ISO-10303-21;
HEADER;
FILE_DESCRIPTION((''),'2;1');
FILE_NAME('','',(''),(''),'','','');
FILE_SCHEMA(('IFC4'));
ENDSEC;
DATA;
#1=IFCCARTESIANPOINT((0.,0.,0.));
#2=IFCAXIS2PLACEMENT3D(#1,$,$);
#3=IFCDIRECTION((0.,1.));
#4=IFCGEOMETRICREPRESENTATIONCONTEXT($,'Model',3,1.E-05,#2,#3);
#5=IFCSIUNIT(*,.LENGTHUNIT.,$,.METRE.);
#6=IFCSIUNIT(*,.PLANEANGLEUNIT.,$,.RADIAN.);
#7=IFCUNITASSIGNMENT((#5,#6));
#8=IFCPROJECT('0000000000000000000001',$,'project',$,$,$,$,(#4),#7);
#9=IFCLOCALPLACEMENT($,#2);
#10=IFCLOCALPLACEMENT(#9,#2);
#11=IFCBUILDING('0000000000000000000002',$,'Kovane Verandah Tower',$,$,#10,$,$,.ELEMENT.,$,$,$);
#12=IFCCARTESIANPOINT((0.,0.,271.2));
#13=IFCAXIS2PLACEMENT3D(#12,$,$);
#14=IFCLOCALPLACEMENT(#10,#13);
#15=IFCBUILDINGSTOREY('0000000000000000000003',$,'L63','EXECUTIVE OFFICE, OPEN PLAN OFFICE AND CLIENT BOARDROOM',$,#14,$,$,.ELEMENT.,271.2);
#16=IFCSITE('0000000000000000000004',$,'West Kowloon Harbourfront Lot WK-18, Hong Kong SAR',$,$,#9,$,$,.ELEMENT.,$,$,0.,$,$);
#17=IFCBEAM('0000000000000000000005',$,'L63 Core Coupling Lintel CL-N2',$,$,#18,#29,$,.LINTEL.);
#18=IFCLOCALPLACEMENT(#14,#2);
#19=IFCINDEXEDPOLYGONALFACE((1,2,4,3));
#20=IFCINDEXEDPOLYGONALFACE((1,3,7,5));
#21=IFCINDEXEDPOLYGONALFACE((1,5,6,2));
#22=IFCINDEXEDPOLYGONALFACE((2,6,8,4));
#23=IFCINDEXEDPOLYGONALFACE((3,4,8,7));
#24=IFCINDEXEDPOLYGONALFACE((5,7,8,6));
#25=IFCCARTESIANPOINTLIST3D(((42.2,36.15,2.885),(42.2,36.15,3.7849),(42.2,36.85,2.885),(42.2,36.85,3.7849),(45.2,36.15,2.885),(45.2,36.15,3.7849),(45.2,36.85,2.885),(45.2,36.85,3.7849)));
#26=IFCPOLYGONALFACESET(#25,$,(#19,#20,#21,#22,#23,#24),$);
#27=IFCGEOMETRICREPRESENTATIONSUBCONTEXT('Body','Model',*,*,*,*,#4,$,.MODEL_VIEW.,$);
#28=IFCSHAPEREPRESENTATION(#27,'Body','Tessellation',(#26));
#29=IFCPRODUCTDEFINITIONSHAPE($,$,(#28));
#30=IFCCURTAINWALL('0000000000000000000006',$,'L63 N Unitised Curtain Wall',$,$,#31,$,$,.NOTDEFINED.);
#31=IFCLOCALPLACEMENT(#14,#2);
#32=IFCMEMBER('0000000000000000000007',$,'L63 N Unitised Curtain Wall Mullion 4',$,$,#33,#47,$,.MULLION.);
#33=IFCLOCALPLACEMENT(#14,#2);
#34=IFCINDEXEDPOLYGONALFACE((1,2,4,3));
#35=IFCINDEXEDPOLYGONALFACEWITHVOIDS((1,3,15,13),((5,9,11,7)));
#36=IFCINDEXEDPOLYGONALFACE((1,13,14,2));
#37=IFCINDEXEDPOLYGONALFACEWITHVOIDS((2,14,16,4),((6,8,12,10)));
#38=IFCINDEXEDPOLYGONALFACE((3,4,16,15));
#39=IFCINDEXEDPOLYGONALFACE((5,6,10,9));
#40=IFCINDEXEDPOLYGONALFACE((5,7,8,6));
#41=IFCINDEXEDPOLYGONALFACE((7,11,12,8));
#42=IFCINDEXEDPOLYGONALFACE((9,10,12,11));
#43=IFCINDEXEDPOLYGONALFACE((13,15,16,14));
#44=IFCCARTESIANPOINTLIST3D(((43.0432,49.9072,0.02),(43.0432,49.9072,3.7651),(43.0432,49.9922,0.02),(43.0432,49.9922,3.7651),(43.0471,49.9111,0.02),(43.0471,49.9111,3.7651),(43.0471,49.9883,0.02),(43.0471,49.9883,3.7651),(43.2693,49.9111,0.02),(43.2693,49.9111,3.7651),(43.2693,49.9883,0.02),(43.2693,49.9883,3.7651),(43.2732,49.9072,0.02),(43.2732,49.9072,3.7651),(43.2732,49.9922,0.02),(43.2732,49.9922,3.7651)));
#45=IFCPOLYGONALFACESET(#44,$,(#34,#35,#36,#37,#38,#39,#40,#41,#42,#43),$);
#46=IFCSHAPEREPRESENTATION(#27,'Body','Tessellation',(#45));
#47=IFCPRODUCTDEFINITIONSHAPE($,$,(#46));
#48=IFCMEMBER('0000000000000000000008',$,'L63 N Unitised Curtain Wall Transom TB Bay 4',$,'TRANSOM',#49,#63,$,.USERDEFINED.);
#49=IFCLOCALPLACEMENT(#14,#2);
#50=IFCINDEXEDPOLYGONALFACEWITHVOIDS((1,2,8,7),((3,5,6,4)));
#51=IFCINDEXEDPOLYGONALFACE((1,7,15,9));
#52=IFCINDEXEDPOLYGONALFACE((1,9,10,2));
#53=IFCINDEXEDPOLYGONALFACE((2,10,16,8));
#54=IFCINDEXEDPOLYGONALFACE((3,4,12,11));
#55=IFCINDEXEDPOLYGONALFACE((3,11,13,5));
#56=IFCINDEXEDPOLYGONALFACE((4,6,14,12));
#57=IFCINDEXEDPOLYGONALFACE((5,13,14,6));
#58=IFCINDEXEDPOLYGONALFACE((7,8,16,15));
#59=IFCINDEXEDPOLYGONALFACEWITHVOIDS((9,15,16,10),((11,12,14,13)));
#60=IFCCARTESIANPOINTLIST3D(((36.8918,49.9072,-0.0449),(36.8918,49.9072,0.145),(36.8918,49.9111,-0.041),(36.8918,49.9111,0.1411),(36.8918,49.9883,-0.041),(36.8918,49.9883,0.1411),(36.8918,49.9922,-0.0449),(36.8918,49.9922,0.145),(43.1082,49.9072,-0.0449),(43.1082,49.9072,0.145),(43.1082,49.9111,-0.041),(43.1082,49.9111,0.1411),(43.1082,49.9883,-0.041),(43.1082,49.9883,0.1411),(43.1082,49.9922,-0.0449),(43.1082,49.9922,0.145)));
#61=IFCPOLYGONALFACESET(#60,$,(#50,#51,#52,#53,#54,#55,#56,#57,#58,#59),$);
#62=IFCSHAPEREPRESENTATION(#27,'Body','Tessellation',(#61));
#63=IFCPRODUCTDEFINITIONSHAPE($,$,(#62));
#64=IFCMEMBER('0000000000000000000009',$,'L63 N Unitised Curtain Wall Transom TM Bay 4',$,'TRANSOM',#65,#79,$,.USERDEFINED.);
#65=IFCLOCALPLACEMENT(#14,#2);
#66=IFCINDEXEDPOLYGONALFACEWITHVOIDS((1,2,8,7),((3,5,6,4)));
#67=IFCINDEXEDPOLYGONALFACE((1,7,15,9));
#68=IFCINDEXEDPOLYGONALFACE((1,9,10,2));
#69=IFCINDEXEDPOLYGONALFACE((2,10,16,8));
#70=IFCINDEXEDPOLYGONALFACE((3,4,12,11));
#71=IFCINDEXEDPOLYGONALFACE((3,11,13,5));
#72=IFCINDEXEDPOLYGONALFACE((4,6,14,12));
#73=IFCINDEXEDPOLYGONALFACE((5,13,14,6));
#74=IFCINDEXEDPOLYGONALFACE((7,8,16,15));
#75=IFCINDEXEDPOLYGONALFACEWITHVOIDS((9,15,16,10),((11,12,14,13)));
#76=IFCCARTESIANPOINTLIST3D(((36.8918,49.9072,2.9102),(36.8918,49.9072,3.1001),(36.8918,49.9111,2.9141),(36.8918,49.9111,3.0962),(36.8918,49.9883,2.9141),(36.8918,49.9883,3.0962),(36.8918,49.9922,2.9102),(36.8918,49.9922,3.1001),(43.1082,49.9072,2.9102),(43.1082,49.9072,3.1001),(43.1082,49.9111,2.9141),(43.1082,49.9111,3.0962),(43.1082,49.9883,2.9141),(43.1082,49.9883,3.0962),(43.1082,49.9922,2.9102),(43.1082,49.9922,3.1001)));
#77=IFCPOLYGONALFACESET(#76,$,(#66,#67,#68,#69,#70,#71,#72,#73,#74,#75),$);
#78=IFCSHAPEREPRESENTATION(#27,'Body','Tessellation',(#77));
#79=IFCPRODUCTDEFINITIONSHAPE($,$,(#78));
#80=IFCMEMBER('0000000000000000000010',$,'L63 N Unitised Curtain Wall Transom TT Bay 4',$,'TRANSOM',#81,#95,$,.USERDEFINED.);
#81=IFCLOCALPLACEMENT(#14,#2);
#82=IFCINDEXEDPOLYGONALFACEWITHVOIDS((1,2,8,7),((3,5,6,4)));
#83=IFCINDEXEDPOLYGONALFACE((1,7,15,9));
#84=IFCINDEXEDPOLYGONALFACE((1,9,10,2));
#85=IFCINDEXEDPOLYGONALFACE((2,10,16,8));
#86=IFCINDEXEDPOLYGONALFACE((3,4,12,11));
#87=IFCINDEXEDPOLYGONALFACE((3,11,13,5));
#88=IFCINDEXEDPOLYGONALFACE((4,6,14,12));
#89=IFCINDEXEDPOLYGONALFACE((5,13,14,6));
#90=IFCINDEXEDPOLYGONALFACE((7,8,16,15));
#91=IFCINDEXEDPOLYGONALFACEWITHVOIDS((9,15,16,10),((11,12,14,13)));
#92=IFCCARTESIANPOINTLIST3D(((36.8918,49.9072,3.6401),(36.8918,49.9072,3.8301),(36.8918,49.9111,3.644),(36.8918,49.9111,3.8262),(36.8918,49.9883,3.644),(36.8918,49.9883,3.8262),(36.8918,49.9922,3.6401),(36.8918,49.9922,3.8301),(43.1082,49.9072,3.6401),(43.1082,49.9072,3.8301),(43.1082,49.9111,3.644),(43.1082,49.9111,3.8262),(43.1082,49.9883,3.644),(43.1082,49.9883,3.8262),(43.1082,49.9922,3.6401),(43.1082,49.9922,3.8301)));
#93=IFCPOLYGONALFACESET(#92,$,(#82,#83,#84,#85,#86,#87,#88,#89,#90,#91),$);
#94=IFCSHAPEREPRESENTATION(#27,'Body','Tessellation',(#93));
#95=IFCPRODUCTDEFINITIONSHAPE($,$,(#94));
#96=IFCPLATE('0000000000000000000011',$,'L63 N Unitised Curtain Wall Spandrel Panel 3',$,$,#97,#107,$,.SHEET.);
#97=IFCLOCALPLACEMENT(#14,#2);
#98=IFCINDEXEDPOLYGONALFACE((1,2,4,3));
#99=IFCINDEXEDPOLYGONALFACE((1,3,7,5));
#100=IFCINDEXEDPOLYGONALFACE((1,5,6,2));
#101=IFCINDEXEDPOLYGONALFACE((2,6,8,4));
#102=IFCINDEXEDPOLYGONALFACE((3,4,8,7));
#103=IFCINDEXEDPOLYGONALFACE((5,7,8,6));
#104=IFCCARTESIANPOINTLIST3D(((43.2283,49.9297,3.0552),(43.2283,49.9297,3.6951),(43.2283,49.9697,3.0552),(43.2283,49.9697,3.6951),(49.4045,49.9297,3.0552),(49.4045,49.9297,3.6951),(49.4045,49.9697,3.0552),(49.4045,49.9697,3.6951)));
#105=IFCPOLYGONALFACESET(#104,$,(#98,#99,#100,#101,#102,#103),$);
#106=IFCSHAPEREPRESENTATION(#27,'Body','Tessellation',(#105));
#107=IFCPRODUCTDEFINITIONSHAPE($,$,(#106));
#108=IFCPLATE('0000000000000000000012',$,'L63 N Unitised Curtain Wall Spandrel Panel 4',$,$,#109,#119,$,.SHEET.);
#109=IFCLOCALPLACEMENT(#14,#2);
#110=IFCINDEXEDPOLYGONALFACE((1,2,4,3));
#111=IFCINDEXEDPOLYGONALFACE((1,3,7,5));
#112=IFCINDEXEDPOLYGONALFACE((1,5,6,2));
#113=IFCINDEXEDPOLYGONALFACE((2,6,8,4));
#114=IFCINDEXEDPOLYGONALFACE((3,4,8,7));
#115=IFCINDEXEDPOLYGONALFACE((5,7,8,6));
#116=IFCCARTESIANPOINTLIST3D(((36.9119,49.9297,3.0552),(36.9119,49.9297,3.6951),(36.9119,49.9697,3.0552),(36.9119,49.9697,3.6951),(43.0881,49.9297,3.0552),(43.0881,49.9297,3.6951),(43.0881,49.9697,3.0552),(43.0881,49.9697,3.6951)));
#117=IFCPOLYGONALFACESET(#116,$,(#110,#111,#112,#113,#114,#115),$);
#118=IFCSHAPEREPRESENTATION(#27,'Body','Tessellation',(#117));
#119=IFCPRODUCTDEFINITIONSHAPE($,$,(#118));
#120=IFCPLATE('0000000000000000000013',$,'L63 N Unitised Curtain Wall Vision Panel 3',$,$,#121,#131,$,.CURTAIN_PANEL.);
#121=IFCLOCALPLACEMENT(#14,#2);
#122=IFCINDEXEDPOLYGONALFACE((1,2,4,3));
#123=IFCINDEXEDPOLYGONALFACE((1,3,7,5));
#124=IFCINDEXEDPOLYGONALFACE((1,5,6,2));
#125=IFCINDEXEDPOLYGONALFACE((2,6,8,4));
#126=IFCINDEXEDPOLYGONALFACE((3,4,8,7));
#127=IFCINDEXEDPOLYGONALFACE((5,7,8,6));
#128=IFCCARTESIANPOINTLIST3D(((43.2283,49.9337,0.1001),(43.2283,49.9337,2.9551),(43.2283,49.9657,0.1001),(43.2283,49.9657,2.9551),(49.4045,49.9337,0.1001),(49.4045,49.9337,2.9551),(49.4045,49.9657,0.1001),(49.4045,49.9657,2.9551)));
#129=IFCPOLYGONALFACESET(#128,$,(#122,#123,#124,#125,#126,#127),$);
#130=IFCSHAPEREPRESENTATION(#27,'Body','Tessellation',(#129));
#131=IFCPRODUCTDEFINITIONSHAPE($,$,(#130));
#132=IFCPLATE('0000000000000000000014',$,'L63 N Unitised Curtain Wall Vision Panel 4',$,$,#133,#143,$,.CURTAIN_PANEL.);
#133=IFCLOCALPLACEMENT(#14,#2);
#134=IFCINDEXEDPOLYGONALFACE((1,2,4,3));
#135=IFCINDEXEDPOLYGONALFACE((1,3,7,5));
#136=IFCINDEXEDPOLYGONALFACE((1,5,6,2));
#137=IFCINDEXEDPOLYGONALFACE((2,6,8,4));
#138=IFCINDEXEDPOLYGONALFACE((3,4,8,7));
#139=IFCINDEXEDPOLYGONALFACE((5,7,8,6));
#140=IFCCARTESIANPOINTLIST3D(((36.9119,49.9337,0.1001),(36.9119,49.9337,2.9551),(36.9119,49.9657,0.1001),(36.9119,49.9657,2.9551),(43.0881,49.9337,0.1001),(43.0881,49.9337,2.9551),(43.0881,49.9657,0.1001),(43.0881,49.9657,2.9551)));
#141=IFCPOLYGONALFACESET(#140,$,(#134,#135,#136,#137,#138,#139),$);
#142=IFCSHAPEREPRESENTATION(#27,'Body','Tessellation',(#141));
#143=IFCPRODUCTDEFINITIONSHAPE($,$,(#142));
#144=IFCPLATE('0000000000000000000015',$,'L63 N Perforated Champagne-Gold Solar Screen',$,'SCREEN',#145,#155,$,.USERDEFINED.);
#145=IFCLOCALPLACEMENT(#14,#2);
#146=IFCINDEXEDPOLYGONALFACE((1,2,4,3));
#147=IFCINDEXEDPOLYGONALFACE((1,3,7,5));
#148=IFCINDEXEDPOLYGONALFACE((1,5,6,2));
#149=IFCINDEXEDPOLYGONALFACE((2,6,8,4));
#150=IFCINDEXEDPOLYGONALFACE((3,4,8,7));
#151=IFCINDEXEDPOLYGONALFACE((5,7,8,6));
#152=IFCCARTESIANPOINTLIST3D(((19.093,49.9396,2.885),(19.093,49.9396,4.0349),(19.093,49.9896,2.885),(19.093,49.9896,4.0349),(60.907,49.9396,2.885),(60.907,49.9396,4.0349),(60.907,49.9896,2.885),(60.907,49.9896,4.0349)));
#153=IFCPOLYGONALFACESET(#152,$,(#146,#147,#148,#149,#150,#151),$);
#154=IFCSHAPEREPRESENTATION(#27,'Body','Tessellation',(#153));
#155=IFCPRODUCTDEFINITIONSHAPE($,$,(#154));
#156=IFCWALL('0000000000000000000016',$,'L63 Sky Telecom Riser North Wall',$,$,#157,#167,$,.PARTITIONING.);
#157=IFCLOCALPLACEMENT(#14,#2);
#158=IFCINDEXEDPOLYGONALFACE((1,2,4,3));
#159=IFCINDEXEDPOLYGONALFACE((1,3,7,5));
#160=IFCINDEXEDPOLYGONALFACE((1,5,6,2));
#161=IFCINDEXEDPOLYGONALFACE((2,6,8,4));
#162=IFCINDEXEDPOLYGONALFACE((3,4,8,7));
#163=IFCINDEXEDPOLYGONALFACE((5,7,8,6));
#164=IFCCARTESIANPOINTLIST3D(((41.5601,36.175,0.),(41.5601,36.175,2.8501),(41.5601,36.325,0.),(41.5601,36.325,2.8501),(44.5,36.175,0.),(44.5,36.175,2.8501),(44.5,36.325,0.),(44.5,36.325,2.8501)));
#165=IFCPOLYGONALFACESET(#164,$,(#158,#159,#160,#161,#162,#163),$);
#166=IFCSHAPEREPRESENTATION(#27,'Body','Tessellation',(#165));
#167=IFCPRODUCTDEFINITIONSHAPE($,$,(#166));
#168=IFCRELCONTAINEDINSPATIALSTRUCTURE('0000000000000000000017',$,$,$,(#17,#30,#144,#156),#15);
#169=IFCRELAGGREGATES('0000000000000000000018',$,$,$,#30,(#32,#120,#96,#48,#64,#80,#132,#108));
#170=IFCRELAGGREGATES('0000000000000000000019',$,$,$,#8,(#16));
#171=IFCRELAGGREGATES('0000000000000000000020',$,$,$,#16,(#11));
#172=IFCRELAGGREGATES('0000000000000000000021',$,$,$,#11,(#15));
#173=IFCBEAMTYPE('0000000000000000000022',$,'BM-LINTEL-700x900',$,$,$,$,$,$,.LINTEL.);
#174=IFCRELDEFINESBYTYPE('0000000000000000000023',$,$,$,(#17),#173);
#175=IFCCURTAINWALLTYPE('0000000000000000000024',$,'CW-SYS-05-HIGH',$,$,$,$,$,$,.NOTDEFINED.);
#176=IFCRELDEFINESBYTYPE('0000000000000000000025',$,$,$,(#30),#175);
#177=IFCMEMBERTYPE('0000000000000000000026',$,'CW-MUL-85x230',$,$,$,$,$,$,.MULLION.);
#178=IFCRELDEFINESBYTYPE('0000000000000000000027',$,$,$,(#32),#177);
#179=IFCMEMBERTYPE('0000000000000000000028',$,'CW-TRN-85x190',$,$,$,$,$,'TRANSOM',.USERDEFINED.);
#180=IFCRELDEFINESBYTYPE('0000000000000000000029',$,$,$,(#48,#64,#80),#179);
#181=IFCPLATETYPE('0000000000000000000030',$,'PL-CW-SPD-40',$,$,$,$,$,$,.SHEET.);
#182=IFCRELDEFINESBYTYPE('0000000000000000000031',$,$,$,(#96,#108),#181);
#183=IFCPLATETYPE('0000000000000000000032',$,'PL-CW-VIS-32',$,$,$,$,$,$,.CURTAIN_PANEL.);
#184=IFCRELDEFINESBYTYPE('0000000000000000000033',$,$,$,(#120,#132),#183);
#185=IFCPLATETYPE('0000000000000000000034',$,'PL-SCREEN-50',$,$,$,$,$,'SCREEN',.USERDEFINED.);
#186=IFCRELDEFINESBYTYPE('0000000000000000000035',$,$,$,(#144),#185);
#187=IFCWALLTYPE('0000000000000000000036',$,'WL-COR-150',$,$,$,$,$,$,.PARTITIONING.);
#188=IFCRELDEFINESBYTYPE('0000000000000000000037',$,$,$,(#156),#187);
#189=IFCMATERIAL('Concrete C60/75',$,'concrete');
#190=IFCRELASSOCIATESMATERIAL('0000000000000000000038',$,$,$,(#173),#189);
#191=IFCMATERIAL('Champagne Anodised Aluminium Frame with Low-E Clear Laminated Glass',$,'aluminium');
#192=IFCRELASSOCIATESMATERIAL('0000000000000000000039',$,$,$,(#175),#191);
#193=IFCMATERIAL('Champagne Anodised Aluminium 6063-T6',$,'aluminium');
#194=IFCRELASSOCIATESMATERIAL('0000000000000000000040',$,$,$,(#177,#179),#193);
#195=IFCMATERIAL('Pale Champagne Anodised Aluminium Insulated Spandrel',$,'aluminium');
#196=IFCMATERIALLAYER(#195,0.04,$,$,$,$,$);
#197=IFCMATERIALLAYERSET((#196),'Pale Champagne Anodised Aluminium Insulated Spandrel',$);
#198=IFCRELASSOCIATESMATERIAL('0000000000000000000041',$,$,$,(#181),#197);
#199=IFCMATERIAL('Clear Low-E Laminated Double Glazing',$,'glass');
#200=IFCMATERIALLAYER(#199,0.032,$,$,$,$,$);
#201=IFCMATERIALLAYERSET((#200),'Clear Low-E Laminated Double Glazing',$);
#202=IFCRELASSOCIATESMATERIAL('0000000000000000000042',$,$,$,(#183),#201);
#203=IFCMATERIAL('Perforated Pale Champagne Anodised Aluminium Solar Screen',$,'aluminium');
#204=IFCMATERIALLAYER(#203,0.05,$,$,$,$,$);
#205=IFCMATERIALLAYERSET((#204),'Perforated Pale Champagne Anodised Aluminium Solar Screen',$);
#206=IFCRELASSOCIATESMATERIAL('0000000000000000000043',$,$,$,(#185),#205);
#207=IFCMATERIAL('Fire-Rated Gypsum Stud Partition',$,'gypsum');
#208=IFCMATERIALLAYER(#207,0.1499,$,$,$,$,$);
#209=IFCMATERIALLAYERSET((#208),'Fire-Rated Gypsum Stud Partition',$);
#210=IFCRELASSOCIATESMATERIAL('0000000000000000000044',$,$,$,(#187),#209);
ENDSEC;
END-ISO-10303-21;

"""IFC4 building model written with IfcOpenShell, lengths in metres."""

from ifc_helpers import new_model, si_unit, direction, frame, frame_2d, origin, origin_2d, place, context, subcontext, project, spatial, rectangle, hollow_rectangle, extrude, material, layer, layer_set, material_profile, profile_set, type_object, element, aggregate, save


model = new_model("IFC4")

# Units and contexts
model_context = context("Model", 3, precision=1e-05, world=origin(), true_north=direction((0.0, 1.0)))
body_context = subcontext(model_context, "Body", "Model", "MODEL_VIEW")
ifc_project = project(units=[si_unit("LENGTHUNIT", "METRE"), si_unit("PLANEANGLEUNIT", "RADIAN")], contexts=[model_context])

# Site, building, storey
site_placement = place(None, origin())
site = spatial("IfcSite", under=ifc_project, at=site_placement, Name="West Kowloon Harbourfront Lot WK-18, Hong Kong SAR", CompositionType="ELEMENT", RefElevation=0.0)
building_placement = place(site_placement, origin())
building = spatial("IfcBuilding", under=site, at=building_placement, Name="Kovane Verandah Tower", CompositionType="ELEMENT")
storey_placement = place(building_placement, frame((0.0, 0.0, 271.2)))
storey = spatial("IfcBuildingStorey", under=building, at=storey_placement, Name="L63", Description="EXECUTIVE OFFICE, OPEN PLAN OFFICE AND CLIENT BOARDROOM", CompositionType="ELEMENT", Elevation=271.2)

# Beam
ifc_material_1 = material(Name="Concrete C60/75", Category="concrete")
ifc_material_profile_1 = material_profile(ifc_material_1, rectangle(XDim=0.7, YDim=0.8999, at=origin_2d()), Name="RCB700x900")
ifc_profile_set_1 = profile_set([ifc_material_profile_1], Name="Concrete C60/75")
beam_type = type_object("IfcBeamType", Name="BM-LINTEL-700x900", PredefinedType="LINTEL", material=ifc_profile_set_1)
beam_placement = place(storey_placement, frame((42.2, 36.5, 3.335), z_axis=(1.0, 0.0, 0.0), x_axis=(0.0, 1.0, 0.0)))
element("IfcBeam", 1, at=beam_placement, inside=storey, type_object=beam_type, Name="L63 Core Coupling Lintel CL-N2", PredefinedType="LINTEL", context=body_context, shape_type="SweptSolid", body=[
    extrude(rectangle(XDim=0.7, YDim=0.8999, at=origin_2d()), origin(), (0.0, 0.0, 1.0), 3.0),
])

# Curtain wall, members, plates
ifc_material_2 = material(Name="Champagne Anodised Aluminium Frame with Low-E Clear Laminated Glass", Category="aluminium")
curtain_wall_type = type_object("IfcCurtainWallType", Name="CW-SYS-05-HIGH", PredefinedType="NOTDEFINED", material=ifc_material_2)
curtain_wall_placement = place(storey_placement, origin())
curtain_wall = element("IfcCurtainWall", 2, at=curtain_wall_placement, inside=storey, type_object=curtain_wall_type, Name="L63 N Unitised Curtain Wall", PredefinedType="NOTDEFINED")
ifc_material_3 = material(Name="Champagne Anodised Aluminium 6063-T6", Category="aluminium")
ifc_material_profile_2 = material_profile(ifc_material_3, hollow_rectangle(XDim=0.085, YDim=0.23, WallThickness=0.0039, at=origin_2d()), Name="AL85x230x4")
ifc_profile_set_2 = profile_set([ifc_material_profile_2], Name="Champagne Anodised Aluminium 6063-T6")
member_type_1 = type_object("IfcMemberType", Name="CW-MUL-85x230", PredefinedType="MULLION", material=ifc_profile_set_2)
member_1_placement = place(storey_placement, frame((43.1582, 49.9497, 0.02), z_axis=(0.0, 0.0, 1.0), x_axis=(0.0, 1.0, 0.0)))
member_1 = element("IfcMember", 3, at=member_1_placement, type_object=member_type_1, Name="L63 N Unitised Curtain Wall Mullion 4", PredefinedType="MULLION", context=body_context, shape_type="SweptSolid", body=[
    extrude(hollow_rectangle(XDim=0.085, YDim=0.23, WallThickness=0.0039, at=origin_2d()), origin(), (0.0, 0.0, 1.0), 3.7451),
])
ifc_material_profile_3 = material_profile(ifc_material_3, hollow_rectangle(XDim=0.085, YDim=0.1899, WallThickness=0.0039, at=origin_2d()), Name="AL85x190x4")
ifc_profile_set_3 = profile_set([ifc_material_profile_3], Name="Champagne Anodised Aluminium 6063-T6")
member_type_2 = type_object("IfcMemberType", Name="CW-TRN-85x190", ElementType="TRANSOM", PredefinedType="USERDEFINED", material=ifc_profile_set_3)
member_2_placement = place(storey_placement, frame((43.1082, 49.9497, 0.05), z_axis=(-1.0, 0.0, 0.0), x_axis=(0.0, -1.0, 0.0)))
member_2 = element("IfcMember", 4, at=member_2_placement, type_object=member_type_2, Name="L63 N Unitised Curtain Wall Transom TB Bay 4", ObjectType="TRANSOM", PredefinedType="USERDEFINED", context=body_context, shape_type="SweptSolid", body=[
    extrude(hollow_rectangle(XDim=0.085, YDim=0.1899, WallThickness=0.0039, at=origin_2d()), origin(), (0.0, 0.0, 1.0), 6.2163),
])
member_3_placement = place(storey_placement, frame((43.1082, 49.9497, 3.0051), z_axis=(-1.0, 0.0, 0.0), x_axis=(0.0, -1.0, 0.0)))
member_3 = element("IfcMember", 5, at=member_3_placement, type_object=member_type_2, Name="L63 N Unitised Curtain Wall Transom TM Bay 4", ObjectType="TRANSOM", PredefinedType="USERDEFINED", context=body_context, shape_type="SweptSolid", body=[
    extrude(hollow_rectangle(XDim=0.085, YDim=0.1899, WallThickness=0.0039, at=origin_2d()), origin(), (0.0, 0.0, 1.0), 6.2163),
])
member_4_placement = place(storey_placement, frame((43.1082, 49.9497, 3.7351), z_axis=(-1.0, 0.0, 0.0), x_axis=(0.0, -1.0, 0.0)))
member_4 = element("IfcMember", 6, at=member_4_placement, type_object=member_type_2, Name="L63 N Unitised Curtain Wall Transom TT Bay 4", ObjectType="TRANSOM", PredefinedType="USERDEFINED", context=body_context, shape_type="SweptSolid", body=[
    extrude(hollow_rectangle(XDim=0.085, YDim=0.1899, WallThickness=0.0039, at=origin_2d()), origin(), (0.0, 0.0, 1.0), 6.2163),
])
ifc_material_4 = material(Name="Pale Champagne Anodised Aluminium Insulated Spandrel", Category="aluminium")
ifc_layer_1 = layer(ifc_material_4, 0.04)
ifc_layer_set_1 = layer_set([ifc_layer_1], Name="Pale Champagne Anodised Aluminium Insulated Spandrel")
plate_type_1 = type_object("IfcPlateType", Name="PL-CW-SPD-40", PredefinedType="SHEET", material=ifc_layer_set_1)
plate_1_placement = place(storey_placement, frame((46.3164, 49.9497, 3.0552), z_axis=(0.0, 0.0, 1.0), x_axis=(-1.0, 0.0, 0.0)))
plate_1 = element("IfcPlate", 7, at=plate_1_placement, type_object=plate_type_1, Name="L63 N Unitised Curtain Wall Spandrel Panel 3", PredefinedType="SHEET", context=body_context, shape_type="SweptSolid", body=[
    extrude(rectangle(XDim=6.1763, YDim=0.04, at=origin_2d()), origin(), (0.0, 0.0, 1.0), 0.6399),
])
plate_2_placement = place(storey_placement, frame((40.0, 49.9497, 3.0552), z_axis=(0.0, 0.0, 1.0), x_axis=(-1.0, 0.0, 0.0)))
plate_2 = element("IfcPlate", 8, at=plate_2_placement, type_object=plate_type_1, Name="L63 N Unitised Curtain Wall Spandrel Panel 4", PredefinedType="SHEET", context=body_context, shape_type="SweptSolid", body=[
    extrude(rectangle(XDim=6.1763, YDim=0.04, at=origin_2d()), origin(), (0.0, 0.0, 1.0), 0.6399),
])
ifc_material_5 = material(Name="Clear Low-E Laminated Double Glazing", Category="glass")
ifc_layer_2 = layer(ifc_material_5, 0.032)
ifc_layer_set_2 = layer_set([ifc_layer_2], Name="Clear Low-E Laminated Double Glazing")
plate_type_2 = type_object("IfcPlateType", Name="PL-CW-VIS-32", PredefinedType="CURTAIN_PANEL", material=ifc_layer_set_2)
plate_3_placement = place(storey_placement, frame((46.3164, 49.9497, 0.1001), z_axis=(0.0, 0.0, 1.0), x_axis=(-1.0, 0.0, 0.0)))
plate_3 = element("IfcPlate", 9, at=plate_3_placement, type_object=plate_type_2, Name="L63 N Unitised Curtain Wall Vision Panel 3", PredefinedType="CURTAIN_PANEL", context=body_context, shape_type="SweptSolid", body=[
    extrude(rectangle(XDim=6.1763, YDim=0.032, at=origin_2d()), origin(), (0.0, 0.0, 1.0), 2.855),
])
plate_4_placement = place(storey_placement, frame((40.0, 49.9497, 0.1001), z_axis=(0.0, 0.0, 1.0), x_axis=(-1.0, 0.0, 0.0)))
plate_4 = element("IfcPlate", 10, at=plate_4_placement, type_object=plate_type_2, Name="L63 N Unitised Curtain Wall Vision Panel 4", PredefinedType="CURTAIN_PANEL", context=body_context, shape_type="SweptSolid", body=[
    extrude(rectangle(XDim=6.1763, YDim=0.032, at=origin_2d()), origin(), (0.0, 0.0, 1.0), 2.855),
])
aggregate(curtain_wall, [member_1, plate_3, plate_1, member_2, member_3, member_4, plate_4, plate_2])

# Plate
ifc_material_6 = material(Name="Perforated Pale Champagne Anodised Aluminium Solar Screen", Category="aluminium")
ifc_layer_3 = layer(ifc_material_6, 0.05)
ifc_layer_set_3 = layer_set([ifc_layer_3], Name="Perforated Pale Champagne Anodised Aluminium Solar Screen")
plate_type_3 = type_object("IfcPlateType", Name="PL-SCREEN-50", ElementType="SCREEN", PredefinedType="USERDEFINED", material=ifc_layer_set_3)
plate_5_placement = place(storey_placement, frame((40.0, 49.9646, 2.885), z_axis=(0.0, 0.0, 1.0), x_axis=(-1.0, 0.0, 0.0)))
element("IfcPlate", 11, at=plate_5_placement, inside=storey, type_object=plate_type_3, Name="L63 N Perforated Champagne-Gold Solar Screen", ObjectType="SCREEN", PredefinedType="USERDEFINED", context=body_context, shape_type="SweptSolid", body=[
    extrude(rectangle(XDim=41.814, YDim=0.05, at=origin_2d()), origin(), (0.0, 0.0, 1.0), 1.1499),
])

# Wall
ifc_material_7 = material(Name="Fire-Rated Gypsum Stud Partition", Category="gypsum")
ifc_layer_4 = layer(ifc_material_7, 0.1499)
ifc_layer_set_4 = layer_set([ifc_layer_4], Name="Fire-Rated Gypsum Stud Partition")
wall_type_1 = type_object("IfcWallType", Name="WL-COR-150", PredefinedType="PARTITIONING", material=ifc_layer_set_4)
wall_1_placement = place(storey_placement, frame((41.5601, 36.25, 0.0), z_axis=(0.0, 0.0, 1.0), x_axis=(1.0, 0.0, 0.0)))
element("IfcWall", 12, at=wall_1_placement, inside=storey, type_object=wall_type_1, Name="L63 Sky Telecom Riser North Wall", PredefinedType="PARTITIONING", context=body_context, shape_type="SweptSolid", body=[
    extrude(rectangle(XDim=2.9399, YDim=0.1499, at=frame_2d((1.47, 0.0))), origin(), (0.0, 0.0, 1.0), 2.8501),
])

save(model, "model.ifc")
